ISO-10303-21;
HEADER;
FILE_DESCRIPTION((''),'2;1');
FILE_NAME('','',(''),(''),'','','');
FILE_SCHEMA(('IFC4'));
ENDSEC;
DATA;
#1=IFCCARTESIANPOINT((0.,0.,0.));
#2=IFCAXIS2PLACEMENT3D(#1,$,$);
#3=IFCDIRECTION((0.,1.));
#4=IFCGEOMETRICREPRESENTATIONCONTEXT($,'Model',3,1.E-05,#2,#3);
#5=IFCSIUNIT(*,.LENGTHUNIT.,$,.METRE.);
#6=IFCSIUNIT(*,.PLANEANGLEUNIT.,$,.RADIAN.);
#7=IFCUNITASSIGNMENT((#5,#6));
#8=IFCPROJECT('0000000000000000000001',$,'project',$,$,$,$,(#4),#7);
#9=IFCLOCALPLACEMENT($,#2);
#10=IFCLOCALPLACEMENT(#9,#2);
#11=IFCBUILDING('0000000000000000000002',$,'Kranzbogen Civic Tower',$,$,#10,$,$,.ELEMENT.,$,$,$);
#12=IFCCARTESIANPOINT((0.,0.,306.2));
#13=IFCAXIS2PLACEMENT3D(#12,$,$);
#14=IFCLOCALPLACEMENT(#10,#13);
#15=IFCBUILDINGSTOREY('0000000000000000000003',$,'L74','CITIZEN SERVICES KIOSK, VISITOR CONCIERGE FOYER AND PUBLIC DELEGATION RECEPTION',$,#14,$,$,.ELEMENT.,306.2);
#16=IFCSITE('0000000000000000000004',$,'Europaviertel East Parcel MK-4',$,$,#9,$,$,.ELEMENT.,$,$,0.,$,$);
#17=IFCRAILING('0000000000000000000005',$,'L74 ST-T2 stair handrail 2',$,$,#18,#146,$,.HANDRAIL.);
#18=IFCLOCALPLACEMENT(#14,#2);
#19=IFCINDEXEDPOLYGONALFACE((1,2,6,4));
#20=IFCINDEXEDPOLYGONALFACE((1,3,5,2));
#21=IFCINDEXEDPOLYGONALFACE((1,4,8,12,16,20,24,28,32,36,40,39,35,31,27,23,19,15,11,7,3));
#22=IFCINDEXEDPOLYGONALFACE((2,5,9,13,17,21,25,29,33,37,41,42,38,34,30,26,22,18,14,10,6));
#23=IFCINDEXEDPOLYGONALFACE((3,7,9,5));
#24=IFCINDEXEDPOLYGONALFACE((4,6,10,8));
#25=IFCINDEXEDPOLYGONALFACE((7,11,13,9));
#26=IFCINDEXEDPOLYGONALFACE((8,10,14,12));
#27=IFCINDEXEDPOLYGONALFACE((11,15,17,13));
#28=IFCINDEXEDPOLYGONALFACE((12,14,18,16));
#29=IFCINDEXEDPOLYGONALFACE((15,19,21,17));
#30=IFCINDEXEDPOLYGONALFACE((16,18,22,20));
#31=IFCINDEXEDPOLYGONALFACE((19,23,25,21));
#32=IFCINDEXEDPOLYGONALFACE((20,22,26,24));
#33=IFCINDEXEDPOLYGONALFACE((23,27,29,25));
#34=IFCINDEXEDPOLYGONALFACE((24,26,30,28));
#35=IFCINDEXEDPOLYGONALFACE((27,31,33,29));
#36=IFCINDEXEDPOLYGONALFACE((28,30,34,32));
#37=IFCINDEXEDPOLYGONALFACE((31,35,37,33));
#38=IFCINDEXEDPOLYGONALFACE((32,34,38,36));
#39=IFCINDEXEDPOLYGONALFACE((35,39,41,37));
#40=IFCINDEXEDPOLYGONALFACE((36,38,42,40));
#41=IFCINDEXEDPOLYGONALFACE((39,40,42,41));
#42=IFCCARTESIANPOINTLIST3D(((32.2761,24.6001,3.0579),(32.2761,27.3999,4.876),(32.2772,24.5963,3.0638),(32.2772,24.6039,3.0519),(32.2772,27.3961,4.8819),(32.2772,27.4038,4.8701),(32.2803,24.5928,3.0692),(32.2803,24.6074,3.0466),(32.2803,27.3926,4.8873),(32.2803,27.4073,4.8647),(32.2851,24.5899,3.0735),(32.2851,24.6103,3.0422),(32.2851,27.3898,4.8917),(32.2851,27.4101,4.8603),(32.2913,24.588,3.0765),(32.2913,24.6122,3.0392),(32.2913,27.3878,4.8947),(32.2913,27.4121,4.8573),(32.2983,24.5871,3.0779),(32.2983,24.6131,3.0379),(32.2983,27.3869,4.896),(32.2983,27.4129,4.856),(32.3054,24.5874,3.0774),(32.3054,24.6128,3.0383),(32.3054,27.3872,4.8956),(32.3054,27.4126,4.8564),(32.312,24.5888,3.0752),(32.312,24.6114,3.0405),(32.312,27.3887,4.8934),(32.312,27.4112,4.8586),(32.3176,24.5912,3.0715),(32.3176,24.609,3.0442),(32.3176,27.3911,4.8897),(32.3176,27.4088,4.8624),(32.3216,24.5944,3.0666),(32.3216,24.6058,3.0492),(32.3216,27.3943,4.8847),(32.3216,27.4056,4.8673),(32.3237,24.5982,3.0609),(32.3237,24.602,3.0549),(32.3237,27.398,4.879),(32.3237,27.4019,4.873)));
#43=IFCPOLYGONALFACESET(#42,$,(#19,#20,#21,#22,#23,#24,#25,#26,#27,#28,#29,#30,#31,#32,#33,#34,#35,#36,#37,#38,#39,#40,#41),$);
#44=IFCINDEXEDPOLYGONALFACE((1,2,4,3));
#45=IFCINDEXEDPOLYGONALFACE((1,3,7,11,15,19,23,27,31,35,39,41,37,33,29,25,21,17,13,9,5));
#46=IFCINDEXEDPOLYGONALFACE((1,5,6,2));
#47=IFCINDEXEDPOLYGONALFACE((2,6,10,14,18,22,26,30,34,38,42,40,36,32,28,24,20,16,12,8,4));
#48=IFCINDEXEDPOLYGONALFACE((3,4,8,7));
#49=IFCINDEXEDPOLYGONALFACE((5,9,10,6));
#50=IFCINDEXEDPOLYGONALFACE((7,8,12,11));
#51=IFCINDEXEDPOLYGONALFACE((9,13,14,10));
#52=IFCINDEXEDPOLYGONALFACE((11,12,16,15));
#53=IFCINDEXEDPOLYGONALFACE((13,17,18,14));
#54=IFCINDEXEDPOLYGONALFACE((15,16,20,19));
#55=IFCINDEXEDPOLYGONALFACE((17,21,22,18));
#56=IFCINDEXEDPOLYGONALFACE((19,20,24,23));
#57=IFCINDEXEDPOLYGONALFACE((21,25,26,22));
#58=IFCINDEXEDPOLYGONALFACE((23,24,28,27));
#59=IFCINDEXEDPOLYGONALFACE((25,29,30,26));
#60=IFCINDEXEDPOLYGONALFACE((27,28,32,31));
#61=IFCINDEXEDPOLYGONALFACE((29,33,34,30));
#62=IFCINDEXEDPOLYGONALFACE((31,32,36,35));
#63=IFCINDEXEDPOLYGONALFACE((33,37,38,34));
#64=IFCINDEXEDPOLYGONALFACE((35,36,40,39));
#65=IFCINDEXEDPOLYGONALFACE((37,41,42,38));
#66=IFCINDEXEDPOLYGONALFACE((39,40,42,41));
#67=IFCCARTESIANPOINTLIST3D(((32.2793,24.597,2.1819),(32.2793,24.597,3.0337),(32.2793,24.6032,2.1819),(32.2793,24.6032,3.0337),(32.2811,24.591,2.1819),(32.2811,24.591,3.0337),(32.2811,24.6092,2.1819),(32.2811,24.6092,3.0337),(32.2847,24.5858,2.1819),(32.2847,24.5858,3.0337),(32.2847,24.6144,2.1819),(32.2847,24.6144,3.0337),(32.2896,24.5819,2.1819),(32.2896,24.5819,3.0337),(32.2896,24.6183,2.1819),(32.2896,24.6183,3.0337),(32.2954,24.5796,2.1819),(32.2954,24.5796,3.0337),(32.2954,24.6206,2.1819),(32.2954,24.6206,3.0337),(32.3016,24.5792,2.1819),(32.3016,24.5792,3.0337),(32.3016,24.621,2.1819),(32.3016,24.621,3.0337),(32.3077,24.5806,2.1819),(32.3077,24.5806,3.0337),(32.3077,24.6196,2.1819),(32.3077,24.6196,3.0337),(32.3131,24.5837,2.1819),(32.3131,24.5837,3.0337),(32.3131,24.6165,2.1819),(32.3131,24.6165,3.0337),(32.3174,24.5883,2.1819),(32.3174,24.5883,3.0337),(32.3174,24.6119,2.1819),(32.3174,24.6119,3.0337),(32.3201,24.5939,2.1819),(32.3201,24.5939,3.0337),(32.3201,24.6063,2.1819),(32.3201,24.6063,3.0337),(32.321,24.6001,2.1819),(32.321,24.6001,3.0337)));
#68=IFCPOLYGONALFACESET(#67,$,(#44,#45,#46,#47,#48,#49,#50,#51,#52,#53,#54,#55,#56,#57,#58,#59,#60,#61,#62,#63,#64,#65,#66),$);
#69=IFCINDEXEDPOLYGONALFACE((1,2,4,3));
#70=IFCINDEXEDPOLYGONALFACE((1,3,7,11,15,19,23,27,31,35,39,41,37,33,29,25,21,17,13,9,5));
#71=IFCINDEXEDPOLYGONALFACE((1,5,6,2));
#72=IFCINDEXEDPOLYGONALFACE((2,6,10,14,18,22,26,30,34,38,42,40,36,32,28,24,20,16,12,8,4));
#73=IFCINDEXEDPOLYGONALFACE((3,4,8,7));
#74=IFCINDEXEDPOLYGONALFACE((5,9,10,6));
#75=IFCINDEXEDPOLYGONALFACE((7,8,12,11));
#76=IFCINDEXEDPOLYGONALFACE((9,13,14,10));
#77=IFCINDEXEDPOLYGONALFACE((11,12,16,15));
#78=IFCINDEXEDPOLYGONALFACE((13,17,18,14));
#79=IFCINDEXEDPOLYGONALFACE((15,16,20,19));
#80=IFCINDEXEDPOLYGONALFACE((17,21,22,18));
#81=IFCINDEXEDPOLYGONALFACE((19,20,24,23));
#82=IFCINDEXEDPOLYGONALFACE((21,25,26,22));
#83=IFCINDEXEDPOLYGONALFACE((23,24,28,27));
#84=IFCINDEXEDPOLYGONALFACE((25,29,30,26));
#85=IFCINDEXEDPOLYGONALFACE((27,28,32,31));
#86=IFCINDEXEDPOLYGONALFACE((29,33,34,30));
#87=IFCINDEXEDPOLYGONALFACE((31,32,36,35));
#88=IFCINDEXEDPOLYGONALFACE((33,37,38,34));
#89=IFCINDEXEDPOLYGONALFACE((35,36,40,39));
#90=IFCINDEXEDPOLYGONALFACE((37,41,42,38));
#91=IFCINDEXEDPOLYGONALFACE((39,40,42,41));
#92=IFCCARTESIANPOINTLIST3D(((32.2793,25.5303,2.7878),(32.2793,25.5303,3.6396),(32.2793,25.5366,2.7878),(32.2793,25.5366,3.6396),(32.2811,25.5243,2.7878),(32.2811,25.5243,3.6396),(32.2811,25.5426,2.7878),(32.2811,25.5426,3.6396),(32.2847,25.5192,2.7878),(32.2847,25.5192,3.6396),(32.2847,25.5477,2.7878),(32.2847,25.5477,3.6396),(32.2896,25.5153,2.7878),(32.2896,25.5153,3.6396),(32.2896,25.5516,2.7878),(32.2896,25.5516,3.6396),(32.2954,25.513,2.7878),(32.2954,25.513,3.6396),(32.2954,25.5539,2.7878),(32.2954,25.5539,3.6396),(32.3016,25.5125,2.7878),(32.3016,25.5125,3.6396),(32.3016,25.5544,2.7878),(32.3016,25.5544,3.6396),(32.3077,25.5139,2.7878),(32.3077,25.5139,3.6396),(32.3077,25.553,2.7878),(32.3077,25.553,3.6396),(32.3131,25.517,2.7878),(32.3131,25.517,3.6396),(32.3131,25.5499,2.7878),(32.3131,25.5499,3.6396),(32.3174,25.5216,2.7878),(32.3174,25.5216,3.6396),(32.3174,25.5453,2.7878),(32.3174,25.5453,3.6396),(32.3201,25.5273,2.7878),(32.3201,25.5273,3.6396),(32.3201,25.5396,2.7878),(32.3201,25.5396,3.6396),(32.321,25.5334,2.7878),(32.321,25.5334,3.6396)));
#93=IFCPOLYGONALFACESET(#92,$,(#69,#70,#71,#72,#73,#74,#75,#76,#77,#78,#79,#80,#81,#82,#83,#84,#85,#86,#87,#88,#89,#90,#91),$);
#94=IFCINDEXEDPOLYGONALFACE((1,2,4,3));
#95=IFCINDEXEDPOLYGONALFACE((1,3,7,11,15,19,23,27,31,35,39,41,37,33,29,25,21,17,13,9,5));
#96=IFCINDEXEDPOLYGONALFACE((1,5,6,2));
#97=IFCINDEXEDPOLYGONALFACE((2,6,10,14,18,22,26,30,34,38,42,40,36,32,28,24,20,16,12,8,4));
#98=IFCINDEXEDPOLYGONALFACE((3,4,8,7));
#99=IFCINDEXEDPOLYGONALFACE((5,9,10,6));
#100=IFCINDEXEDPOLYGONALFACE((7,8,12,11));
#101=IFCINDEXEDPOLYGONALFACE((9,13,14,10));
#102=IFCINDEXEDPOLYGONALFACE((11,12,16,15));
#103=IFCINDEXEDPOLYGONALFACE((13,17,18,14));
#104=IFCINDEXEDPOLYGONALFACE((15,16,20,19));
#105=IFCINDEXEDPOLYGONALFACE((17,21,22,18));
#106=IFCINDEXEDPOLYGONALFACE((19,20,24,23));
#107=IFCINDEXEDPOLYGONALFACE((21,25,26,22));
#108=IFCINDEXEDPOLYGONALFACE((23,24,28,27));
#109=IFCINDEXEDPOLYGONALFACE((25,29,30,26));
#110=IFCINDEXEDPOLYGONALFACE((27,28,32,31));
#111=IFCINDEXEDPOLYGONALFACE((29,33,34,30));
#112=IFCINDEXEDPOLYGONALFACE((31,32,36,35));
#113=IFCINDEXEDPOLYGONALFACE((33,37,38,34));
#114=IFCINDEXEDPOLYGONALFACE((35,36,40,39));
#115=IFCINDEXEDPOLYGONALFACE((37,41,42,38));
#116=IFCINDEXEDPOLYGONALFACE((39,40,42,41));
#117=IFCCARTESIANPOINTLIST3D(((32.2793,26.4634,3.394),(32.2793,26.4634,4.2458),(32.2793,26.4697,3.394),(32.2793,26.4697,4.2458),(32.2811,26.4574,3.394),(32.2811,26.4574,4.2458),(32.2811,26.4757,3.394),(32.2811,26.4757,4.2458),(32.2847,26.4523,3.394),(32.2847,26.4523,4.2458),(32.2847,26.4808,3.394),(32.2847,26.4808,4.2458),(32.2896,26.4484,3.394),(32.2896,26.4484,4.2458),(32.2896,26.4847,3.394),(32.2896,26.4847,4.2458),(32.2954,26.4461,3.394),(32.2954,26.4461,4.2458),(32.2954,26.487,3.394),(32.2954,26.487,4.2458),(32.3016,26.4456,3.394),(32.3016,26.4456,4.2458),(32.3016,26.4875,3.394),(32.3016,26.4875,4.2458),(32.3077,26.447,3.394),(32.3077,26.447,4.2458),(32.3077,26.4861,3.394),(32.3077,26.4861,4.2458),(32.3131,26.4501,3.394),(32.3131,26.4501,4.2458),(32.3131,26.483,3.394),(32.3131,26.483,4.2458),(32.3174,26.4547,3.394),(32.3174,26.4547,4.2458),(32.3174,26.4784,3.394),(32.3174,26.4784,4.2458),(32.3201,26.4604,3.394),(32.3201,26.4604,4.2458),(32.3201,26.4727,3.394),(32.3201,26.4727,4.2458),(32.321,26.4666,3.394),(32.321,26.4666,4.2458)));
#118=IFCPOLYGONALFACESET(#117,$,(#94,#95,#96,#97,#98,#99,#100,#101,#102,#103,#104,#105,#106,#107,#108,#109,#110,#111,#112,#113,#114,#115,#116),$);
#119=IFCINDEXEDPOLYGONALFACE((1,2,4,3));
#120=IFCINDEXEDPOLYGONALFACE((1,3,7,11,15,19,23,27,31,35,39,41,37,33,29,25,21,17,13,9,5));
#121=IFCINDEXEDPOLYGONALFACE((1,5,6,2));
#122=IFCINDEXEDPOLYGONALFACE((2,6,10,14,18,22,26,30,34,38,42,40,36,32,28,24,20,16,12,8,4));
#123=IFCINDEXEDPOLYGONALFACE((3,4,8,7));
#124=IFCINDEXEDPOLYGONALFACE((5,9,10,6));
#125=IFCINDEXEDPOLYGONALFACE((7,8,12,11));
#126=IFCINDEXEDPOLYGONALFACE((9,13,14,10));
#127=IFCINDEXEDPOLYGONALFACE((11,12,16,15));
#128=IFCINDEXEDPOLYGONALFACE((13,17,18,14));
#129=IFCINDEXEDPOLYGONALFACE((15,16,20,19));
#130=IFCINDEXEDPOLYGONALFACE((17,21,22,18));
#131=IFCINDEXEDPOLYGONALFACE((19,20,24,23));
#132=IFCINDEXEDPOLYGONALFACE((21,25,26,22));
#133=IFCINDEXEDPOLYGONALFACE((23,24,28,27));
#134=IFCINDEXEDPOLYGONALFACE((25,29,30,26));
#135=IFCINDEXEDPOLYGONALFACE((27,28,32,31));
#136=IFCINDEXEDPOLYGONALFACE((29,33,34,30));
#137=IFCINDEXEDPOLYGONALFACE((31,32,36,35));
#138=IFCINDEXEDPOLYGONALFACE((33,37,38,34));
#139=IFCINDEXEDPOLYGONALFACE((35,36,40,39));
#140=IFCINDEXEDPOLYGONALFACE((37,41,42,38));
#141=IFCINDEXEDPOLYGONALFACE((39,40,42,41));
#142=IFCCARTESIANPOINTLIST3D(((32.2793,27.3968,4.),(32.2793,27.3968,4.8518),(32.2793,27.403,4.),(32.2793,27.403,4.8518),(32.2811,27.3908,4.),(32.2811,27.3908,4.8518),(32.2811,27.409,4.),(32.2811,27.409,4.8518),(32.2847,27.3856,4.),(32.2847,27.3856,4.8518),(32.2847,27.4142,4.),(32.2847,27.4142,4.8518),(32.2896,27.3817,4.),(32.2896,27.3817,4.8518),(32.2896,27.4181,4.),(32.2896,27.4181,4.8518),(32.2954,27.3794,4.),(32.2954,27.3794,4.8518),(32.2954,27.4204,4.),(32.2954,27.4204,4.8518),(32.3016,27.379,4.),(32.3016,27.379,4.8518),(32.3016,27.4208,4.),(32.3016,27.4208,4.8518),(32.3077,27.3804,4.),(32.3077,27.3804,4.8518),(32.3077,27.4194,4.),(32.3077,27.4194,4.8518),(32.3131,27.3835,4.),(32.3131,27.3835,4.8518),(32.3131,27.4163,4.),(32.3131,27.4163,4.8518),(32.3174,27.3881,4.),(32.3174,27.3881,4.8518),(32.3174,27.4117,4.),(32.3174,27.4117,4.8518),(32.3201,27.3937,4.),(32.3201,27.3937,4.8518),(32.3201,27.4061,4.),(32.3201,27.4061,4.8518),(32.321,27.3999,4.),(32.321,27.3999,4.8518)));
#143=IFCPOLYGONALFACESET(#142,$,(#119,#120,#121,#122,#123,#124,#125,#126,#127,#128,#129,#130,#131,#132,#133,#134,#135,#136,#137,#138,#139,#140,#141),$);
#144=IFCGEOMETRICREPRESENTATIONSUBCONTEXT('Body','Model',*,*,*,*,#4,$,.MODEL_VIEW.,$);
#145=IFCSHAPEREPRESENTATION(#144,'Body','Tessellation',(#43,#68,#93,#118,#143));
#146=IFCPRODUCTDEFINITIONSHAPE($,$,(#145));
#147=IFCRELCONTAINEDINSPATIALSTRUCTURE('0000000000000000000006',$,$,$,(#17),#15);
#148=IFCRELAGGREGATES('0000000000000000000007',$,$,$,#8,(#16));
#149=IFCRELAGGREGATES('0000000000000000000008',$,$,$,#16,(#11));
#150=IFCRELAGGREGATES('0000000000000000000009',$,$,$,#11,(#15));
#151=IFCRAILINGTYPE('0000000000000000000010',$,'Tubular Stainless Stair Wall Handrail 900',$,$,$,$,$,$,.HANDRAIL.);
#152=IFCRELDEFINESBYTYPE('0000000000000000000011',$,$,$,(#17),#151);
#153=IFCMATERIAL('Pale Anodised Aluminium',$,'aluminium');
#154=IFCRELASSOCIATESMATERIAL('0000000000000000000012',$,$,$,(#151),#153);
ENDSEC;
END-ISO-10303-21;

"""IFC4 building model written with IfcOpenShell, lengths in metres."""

from ifc_helpers import new_model, si_unit, direction, frame, origin, origin_2d, place, context, subcontext, project, spatial, circle, extrude, material, type_object, element, save


model = new_model("IFC4")

# Units and contexts
model_context = context("Model", 3, precision=1e-05, world=origin(), true_north=direction((0.0, 1.0)))
body_context = subcontext(model_context, "Body", "Model", "MODEL_VIEW")
ifc_project = project(units=[si_unit("LENGTHUNIT", "METRE"), si_unit("PLANEANGLEUNIT", "RADIAN")], contexts=[model_context])

# Site, building, storey
site_placement = place(None, origin())
site = spatial("IfcSite", under=ifc_project, at=site_placement, Name="Europaviertel East Parcel MK-4", CompositionType="ELEMENT", RefElevation=0.0)
building_placement = place(site_placement, origin())
building = spatial("IfcBuilding", under=site, at=building_placement, Name="Kranzbogen Civic Tower", CompositionType="ELEMENT")
storey_placement = place(building_placement, frame((0.0, 0.0, 306.2)))
storey = spatial("IfcBuildingStorey", under=building, at=storey_placement, Name="L74", Description="CITIZEN SERVICES KIOSK, VISITOR CONCIERGE FOYER AND PUBLIC DELEGATION RECEPTION", CompositionType="ELEMENT", Elevation=306.2)

# Shared definitions
ifc_material_1 = material(Name="Pale Anodised Aluminium", Category="aluminium")

# Railing
railing_type_1 = type_object("IfcRailingType", Name="Tubular Stainless Stair Wall Handrail 900", PredefinedType="HANDRAIL", material=ifc_material_1)
railing_1_placement = place(storey_placement, frame((32.3, 24.6001, 2.1819)))
element("IfcRailing", 1, at=railing_1_placement, inside=storey, type_object=railing_type_1, Name="L74 ST-T2 stair handrail 2", PredefinedType="HANDRAIL", context=body_context, shape_type="SweptSolid", body=[
    extrude(circle(Radius=0.0239, at=origin_2d()), frame((0.0, 0.0, 0.876), z_axis=(0.0, 0.838684, 0.544618), x_axis=(-1.0, 0.0, 0.0)), (0.0, 0.0, 1.0), 3.3384),
    extrude(circle(Radius=0.021, at=origin_2d()), origin(), (0.0, 0.0, 1.0), 0.8518),
    extrude(circle(Radius=0.021, at=origin_2d()), frame((0.0, 0.9333, 0.606)), (0.0, 0.0, 1.0), 0.8518),
    extrude(circle(Radius=0.021, at=origin_2d()), frame((0.0, 1.8665, 1.2122)), (0.0, 0.0, 1.0), 0.8518),
    extrude(circle(Radius=0.021, at=origin_2d()), frame((0.0, 2.7998, 1.8181)), (0.0, 0.0, 1.0), 0.8518),
])

save(model, "model.ifc")
